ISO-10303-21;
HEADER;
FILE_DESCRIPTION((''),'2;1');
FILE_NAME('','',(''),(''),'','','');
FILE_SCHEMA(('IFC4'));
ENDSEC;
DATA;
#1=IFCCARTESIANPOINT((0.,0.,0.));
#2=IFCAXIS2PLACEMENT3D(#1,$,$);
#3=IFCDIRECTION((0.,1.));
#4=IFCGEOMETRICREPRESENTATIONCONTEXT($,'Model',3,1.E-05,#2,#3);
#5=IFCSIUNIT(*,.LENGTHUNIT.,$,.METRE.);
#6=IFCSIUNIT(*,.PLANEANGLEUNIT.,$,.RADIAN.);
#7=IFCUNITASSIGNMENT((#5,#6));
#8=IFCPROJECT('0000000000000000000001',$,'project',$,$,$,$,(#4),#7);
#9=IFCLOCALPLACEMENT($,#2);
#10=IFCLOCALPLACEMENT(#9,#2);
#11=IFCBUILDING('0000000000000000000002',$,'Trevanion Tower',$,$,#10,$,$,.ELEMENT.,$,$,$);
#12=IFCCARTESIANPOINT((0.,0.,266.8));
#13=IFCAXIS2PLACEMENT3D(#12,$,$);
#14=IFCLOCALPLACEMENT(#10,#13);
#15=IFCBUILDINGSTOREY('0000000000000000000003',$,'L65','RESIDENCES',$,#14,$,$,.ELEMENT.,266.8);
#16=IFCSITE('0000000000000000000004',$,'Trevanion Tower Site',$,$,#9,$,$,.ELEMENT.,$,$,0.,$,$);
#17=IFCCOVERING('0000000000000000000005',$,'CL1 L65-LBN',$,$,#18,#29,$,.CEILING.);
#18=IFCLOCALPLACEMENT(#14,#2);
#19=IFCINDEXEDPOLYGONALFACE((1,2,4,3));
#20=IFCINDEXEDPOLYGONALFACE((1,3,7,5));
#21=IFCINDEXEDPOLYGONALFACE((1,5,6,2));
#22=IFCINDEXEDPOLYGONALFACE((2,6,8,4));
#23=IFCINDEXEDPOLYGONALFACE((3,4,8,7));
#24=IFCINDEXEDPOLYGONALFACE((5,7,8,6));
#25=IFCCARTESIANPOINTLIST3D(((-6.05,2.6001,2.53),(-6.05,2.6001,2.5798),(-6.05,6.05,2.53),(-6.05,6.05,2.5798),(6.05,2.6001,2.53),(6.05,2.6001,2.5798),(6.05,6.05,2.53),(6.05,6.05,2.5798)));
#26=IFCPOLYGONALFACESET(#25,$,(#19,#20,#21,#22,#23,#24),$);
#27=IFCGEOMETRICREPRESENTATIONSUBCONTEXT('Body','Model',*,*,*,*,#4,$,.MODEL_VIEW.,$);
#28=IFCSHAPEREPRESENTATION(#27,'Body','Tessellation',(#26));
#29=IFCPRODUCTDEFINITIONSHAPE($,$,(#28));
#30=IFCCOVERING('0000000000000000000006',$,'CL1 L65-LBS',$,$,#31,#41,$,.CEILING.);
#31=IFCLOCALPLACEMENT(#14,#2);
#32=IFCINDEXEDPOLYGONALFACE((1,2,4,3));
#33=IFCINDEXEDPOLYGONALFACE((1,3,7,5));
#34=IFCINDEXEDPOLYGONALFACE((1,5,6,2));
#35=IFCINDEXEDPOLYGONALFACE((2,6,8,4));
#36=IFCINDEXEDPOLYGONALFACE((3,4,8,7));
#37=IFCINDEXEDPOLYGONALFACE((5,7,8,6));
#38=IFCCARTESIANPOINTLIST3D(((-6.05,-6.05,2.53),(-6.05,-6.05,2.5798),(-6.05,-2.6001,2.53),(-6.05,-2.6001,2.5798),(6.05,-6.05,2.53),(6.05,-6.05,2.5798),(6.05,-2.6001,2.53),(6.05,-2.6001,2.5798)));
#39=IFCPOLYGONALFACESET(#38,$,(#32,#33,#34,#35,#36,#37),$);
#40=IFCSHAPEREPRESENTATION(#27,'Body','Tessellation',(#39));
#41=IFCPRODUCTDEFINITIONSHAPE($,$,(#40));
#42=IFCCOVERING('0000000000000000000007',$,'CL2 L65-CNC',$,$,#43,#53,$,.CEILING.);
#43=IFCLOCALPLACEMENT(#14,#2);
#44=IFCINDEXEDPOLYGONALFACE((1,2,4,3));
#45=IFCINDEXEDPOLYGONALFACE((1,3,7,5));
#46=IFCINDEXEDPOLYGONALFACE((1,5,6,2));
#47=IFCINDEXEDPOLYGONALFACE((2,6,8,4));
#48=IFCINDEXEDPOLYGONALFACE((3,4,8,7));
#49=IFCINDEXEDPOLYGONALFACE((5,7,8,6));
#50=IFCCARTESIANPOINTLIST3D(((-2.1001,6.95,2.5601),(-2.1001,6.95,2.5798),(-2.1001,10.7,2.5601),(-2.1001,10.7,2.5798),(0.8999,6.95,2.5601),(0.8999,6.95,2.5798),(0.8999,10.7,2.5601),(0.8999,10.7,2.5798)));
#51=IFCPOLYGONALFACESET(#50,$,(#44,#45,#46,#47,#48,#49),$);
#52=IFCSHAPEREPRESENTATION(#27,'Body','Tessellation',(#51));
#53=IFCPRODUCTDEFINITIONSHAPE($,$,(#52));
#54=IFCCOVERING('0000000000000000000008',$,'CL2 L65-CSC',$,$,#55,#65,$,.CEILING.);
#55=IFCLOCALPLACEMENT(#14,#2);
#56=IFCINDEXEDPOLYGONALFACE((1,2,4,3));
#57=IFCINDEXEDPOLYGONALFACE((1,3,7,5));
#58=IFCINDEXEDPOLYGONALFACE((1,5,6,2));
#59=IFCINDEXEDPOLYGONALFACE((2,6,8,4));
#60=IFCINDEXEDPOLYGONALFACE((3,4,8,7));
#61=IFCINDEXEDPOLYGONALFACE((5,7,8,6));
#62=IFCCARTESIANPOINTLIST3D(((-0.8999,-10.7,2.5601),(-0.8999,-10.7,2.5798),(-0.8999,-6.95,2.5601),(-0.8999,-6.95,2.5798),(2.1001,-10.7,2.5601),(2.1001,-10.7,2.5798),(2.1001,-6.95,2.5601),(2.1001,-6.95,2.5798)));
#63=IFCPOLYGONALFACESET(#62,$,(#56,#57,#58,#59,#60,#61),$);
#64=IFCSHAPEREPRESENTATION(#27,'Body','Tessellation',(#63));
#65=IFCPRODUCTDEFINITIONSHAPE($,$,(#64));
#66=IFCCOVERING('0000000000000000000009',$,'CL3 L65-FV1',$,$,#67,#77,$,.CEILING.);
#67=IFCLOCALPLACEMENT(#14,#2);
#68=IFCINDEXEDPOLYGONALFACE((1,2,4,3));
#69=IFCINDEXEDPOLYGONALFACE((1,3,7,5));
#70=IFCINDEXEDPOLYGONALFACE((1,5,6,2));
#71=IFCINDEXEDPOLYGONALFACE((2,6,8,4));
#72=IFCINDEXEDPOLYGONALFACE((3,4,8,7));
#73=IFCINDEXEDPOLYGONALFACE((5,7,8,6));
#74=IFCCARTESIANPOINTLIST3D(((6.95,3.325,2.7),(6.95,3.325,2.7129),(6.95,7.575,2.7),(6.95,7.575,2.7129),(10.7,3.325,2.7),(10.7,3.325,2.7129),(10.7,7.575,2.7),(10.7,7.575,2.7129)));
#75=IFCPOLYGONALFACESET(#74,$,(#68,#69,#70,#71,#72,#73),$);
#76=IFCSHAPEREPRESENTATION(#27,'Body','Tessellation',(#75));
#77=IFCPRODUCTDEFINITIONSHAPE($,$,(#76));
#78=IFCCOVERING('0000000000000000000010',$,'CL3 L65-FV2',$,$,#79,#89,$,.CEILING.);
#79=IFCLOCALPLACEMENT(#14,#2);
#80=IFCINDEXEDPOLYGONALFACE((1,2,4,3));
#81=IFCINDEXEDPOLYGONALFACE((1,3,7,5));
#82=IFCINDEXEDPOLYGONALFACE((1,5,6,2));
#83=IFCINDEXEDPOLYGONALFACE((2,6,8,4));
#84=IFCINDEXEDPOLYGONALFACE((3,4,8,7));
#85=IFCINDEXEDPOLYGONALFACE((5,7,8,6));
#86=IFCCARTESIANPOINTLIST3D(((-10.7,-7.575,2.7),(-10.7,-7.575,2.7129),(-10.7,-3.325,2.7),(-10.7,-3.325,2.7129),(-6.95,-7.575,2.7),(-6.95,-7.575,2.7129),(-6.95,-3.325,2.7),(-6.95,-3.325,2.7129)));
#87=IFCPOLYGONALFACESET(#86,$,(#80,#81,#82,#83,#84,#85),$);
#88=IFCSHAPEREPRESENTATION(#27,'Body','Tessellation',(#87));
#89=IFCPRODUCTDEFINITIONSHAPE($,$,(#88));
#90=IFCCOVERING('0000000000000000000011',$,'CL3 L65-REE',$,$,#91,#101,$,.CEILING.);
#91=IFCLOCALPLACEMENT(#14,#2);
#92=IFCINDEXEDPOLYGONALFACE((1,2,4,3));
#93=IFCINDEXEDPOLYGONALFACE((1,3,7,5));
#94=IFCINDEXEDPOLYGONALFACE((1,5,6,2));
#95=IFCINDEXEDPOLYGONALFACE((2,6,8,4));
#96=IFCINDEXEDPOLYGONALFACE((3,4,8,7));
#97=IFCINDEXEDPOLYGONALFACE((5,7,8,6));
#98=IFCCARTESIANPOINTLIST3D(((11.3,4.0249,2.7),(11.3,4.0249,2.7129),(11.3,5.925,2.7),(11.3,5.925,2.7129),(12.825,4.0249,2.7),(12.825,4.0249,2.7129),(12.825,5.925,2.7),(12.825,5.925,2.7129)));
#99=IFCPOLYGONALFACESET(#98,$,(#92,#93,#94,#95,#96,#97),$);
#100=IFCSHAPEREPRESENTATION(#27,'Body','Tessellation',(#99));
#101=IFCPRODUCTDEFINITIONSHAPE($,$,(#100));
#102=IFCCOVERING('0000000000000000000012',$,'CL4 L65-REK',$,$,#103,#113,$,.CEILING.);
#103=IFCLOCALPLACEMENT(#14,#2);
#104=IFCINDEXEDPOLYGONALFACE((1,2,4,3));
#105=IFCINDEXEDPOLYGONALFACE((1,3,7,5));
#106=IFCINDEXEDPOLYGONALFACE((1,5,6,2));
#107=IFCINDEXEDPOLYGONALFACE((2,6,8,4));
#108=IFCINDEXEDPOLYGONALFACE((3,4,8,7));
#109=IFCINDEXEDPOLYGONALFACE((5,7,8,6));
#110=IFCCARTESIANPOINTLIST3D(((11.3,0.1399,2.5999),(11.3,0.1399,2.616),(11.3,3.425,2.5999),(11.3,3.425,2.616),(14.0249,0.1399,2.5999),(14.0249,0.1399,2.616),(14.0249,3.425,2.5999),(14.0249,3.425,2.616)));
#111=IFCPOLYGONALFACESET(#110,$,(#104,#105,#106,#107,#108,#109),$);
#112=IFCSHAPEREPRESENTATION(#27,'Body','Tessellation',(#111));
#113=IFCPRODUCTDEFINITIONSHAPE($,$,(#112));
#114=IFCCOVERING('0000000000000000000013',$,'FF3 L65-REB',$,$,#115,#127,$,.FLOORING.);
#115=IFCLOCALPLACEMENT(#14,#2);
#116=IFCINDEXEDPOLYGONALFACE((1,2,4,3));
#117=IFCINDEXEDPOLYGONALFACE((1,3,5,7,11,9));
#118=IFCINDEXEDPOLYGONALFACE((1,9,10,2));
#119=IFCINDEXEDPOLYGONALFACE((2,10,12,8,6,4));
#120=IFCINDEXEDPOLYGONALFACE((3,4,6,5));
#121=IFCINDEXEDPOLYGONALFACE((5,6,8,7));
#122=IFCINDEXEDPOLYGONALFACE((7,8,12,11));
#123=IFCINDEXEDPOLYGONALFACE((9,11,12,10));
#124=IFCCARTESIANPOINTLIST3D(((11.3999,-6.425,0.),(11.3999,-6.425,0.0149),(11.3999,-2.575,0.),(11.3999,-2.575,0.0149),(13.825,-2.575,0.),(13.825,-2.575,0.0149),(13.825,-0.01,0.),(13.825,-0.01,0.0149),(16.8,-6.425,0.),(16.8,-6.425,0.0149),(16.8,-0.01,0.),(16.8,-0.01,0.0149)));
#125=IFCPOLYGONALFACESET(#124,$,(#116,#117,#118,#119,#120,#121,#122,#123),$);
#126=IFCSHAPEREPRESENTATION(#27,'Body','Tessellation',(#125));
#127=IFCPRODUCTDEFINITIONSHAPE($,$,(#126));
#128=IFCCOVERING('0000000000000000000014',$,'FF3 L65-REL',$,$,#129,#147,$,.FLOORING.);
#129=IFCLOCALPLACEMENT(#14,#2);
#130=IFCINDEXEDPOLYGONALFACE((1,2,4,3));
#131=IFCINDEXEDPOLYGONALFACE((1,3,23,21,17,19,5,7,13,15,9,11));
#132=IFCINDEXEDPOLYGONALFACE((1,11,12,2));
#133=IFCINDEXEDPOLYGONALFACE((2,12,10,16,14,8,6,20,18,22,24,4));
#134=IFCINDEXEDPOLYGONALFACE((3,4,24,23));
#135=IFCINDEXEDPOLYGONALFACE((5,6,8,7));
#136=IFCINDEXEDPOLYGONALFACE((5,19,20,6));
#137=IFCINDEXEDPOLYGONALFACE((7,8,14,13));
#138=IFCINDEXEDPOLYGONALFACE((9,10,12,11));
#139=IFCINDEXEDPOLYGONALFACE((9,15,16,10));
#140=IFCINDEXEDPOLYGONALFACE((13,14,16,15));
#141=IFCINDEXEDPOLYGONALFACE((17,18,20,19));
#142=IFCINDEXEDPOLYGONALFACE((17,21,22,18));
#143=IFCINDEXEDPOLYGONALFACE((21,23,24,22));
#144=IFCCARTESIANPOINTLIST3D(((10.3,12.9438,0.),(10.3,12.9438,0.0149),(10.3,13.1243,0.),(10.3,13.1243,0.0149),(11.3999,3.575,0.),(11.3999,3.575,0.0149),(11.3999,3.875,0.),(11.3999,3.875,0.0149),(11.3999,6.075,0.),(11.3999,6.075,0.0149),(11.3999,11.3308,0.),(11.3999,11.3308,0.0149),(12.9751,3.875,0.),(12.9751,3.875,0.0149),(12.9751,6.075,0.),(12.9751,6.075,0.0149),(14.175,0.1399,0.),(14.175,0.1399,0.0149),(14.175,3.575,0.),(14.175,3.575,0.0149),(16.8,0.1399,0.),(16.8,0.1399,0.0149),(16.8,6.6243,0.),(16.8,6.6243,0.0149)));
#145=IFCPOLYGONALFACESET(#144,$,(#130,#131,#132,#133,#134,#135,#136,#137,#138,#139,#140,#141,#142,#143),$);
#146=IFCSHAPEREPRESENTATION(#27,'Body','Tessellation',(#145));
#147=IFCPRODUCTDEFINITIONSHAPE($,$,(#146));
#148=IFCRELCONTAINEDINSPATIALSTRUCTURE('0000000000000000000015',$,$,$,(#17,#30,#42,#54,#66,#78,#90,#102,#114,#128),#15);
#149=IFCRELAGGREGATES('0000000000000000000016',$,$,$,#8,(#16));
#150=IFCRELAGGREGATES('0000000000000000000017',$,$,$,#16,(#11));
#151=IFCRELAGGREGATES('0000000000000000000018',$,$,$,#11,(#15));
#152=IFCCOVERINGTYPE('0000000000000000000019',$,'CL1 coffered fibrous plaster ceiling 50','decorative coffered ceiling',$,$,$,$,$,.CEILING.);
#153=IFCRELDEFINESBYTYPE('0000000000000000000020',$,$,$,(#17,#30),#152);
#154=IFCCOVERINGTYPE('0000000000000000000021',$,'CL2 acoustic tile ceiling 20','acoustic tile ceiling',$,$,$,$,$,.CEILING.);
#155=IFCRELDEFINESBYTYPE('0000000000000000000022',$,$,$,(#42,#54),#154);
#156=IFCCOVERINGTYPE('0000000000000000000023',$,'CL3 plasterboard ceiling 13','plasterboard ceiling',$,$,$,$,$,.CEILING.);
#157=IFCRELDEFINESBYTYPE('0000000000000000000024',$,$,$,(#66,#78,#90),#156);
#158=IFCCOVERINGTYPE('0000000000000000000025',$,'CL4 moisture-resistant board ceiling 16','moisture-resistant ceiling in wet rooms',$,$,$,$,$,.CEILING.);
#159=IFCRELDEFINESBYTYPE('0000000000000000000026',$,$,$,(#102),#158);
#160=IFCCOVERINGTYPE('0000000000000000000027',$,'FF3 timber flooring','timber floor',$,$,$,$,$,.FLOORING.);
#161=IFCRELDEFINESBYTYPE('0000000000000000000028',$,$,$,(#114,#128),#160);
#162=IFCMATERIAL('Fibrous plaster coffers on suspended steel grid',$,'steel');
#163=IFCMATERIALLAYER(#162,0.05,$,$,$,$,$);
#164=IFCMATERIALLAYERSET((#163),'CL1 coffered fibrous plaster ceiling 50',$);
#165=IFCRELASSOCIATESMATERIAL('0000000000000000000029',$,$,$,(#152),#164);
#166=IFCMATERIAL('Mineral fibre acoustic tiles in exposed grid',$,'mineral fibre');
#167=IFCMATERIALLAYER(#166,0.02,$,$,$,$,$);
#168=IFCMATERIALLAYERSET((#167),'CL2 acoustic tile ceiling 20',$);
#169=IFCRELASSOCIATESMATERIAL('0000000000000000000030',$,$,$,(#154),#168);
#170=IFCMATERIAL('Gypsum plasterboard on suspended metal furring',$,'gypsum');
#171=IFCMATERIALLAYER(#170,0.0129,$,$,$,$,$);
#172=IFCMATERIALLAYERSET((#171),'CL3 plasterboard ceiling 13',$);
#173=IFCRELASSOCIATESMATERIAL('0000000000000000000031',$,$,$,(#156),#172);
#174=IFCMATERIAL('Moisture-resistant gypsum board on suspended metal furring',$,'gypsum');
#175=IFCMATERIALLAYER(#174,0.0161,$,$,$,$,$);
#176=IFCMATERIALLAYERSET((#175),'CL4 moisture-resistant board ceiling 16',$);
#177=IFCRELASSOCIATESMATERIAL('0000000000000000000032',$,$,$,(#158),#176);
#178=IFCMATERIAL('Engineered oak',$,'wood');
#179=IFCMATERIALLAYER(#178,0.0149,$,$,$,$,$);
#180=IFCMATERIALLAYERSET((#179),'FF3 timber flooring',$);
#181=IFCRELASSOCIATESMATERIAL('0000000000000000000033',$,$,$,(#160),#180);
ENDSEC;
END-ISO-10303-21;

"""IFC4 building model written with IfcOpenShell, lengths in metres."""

from ifc_helpers import new_model, si_unit, direction, frame, origin, place, context, subcontext, project, spatial, polyline, outline, extrude, material, layer, layer_set, type_object, element, save


model = new_model("IFC4")

# Units and contexts
model_context = context("Model", 3, precision=1e-05, world=origin(), true_north=direction((0.0, 1.0)))
body_context = subcontext(model_context, "Body", "Model", "MODEL_VIEW")
ifc_project = project(units=[si_unit("LENGTHUNIT", "METRE"), si_unit("PLANEANGLEUNIT", "RADIAN")], contexts=[model_context])

# Site, building, storey
site_placement = place(None, origin())
site = spatial("IfcSite", under=ifc_project, at=site_placement, Name="Trevanion Tower Site", CompositionType="ELEMENT", RefElevation=0.0)
building_placement = place(site_placement, origin())
building = spatial("IfcBuilding", under=site, at=building_placement, Name="Trevanion Tower", CompositionType="ELEMENT")
storey_placement = place(building_placement, frame((0.0, 0.0, 266.8)))
storey = spatial("IfcBuildingStorey", under=building, at=storey_placement, Name="L65", Description="RESIDENCES", CompositionType="ELEMENT", Elevation=266.8)

# Coverings
ifc_material_1 = material(Name="Fibrous plaster coffers on suspended steel grid", Category="steel")
ifc_layer_1 = layer(ifc_material_1, 0.05)
ifc_layer_set_1 = layer_set([ifc_layer_1], Name="CL1 coffered fibrous plaster ceiling 50")
covering_type_1 = type_object("IfcCoveringType", Name="CL1 coffered fibrous plaster ceiling 50", Description="decorative coffered ceiling", PredefinedType="CEILING", material=ifc_layer_set_1)
covering_1_placement = place(storey_placement, frame((0.0, 0.0, 2.53)))
element("IfcCovering", 1, at=covering_1_placement, inside=storey, type_object=covering_type_1, Name="CL1 L65-LBN", PredefinedType="CEILING", context=body_context, shape_type="SweptSolid", body=[
    extrude(outline(polyline([(6.05, 2.6001), (6.05, 6.05), (-6.05, 6.05), (-6.05, 2.6001), (6.05, 2.6001)])), origin(), (0.0, 0.0, 1.0), 0.0498),
])
covering_2_placement = place(storey_placement, frame((0.0, 0.0, 2.53)))
element("IfcCovering", 2, at=covering_2_placement, inside=storey, type_object=covering_type_1, Name="CL1 L65-LBS", PredefinedType="CEILING", context=body_context, shape_type="SweptSolid", body=[
    extrude(outline(polyline([(6.05, -6.05), (6.05, -2.6001), (-6.05, -2.6001), (-6.05, -6.05), (6.05, -6.05)])), origin(), (0.0, 0.0, 1.0), 0.0498),
])
ifc_material_2 = material(Name="Mineral fibre acoustic tiles in exposed grid", Category="mineral fibre")
ifc_layer_2 = layer(ifc_material_2, 0.02)
ifc_layer_set_2 = layer_set([ifc_layer_2], Name="CL2 acoustic tile ceiling 20")
covering_type_2 = type_object("IfcCoveringType", Name="CL2 acoustic tile ceiling 20", Description="acoustic tile ceiling", PredefinedType="CEILING", material=ifc_layer_set_2)
covering_3_placement = place(storey_placement, frame((0.0, 0.0, 2.5601)))
element("IfcCovering", 3, at=covering_3_placement, inside=storey, type_object=covering_type_2, Name="CL2 L65-CNC", PredefinedType="CEILING", context=body_context, shape_type="SweptSolid", body=[
    extrude(outline(polyline([(0.8999, 6.95), (0.8999, 10.7), (-2.1001, 10.7), (-2.1001, 6.95), (0.8999, 6.95)])), origin(), (0.0, 0.0, 1.0), 0.0198),
])
covering_4_placement = place(storey_placement, frame((0.0, 0.0, 2.5601)))
element("IfcCovering", 4, at=covering_4_placement, inside=storey, type_object=covering_type_2, Name="CL2 L65-CSC", PredefinedType="CEILING", context=body_context, shape_type="SweptSolid", body=[
    extrude(outline(polyline([(2.1001, -10.7), (2.1001, -6.95), (-0.8999, -6.95), (-0.8999, -10.7), (2.1001, -10.7)])), origin(), (0.0, 0.0, 1.0), 0.0198),
])
ifc_material_3 = material(Name="Gypsum plasterboard on suspended metal furring", Category="gypsum")
ifc_layer_3 = layer(ifc_material_3, 0.0129)
ifc_layer_set_3 = layer_set([ifc_layer_3], Name="CL3 plasterboard ceiling 13")
covering_type_3 = type_object("IfcCoveringType", Name="CL3 plasterboard ceiling 13", Description="plasterboard ceiling", PredefinedType="CEILING", material=ifc_layer_set_3)
covering_5_placement = place(storey_placement, frame((0.0, 0.0, 2.7)))
element("IfcCovering", 5, at=covering_5_placement, inside=storey, type_object=covering_type_3, Name="CL3 L65-FV1", PredefinedType="CEILING", context=body_context, shape_type="SweptSolid", body=[
    extrude(outline(polyline([(10.7, 3.325), (10.7, 7.575), (6.95, 7.575), (6.95, 3.325), (10.7, 3.325)])), origin(), (0.0, 0.0, 1.0), 0.0129),
])
covering_6_placement = place(storey_placement, frame((0.0, 0.0, 2.7)))
element("IfcCovering", 6, at=covering_6_placement, inside=storey, type_object=covering_type_3, Name="CL3 L65-FV2", PredefinedType="CEILING", context=body_context, shape_type="SweptSolid", body=[
    extrude(outline(polyline([(-10.7, -3.325), (-10.7, -7.575), (-6.95, -7.575), (-6.95, -3.325), (-10.7, -3.325)])), origin(), (0.0, 0.0, 1.0), 0.0129),
])
covering_7_placement = place(storey_placement, frame((0.0, 0.0, 2.7)))
element("IfcCovering", 7, at=covering_7_placement, inside=storey, type_object=covering_type_3, Name="CL3 L65-REE", PredefinedType="CEILING", context=body_context, shape_type="SweptSolid", body=[
    extrude(outline(polyline([(12.825, 4.0249), (12.825, 5.925), (11.3, 5.925), (11.3, 4.0249), (12.825, 4.0249)])), origin(), (0.0, 0.0, 1.0), 0.0129),
])
ifc_material_4 = material(Name="Moisture-resistant gypsum board on suspended metal furring", Category="gypsum")
ifc_layer_4 = layer(ifc_material_4, 0.0161)
ifc_layer_set_4 = layer_set([ifc_layer_4], Name="CL4 moisture-resistant board ceiling 16")
covering_type_4 = type_object("IfcCoveringType", Name="CL4 moisture-resistant board ceiling 16", Description="moisture-resistant ceiling in wet rooms", PredefinedType="CEILING", material=ifc_layer_set_4)
covering_8_placement = place(storey_placement, frame((0.0, 0.0, 2.5999)))
element("IfcCovering", 8, at=covering_8_placement, inside=storey, type_object=covering_type_4, Name="CL4 L65-REK", PredefinedType="CEILING", context=body_context, shape_type="SweptSolid", body=[
    extrude(outline(polyline([(14.0249, 0.1399), (14.0249, 3.425), (11.3, 3.425), (11.3, 0.1399), (14.0249, 0.1399)])), origin(), (0.0, 0.0, 1.0), 0.0161),
])
ifc_material_5 = material(Name="Engineered oak", Category="wood")
ifc_layer_5 = layer(ifc_material_5, 0.0149)
ifc_layer_set_5 = layer_set([ifc_layer_5], Name="FF3 timber flooring")
covering_type_5 = type_object("IfcCoveringType", Name="FF3 timber flooring", Description="timber floor", PredefinedType="FLOORING", material=ifc_layer_set_5)
covering_9_placement = place(storey_placement, origin())
element("IfcCovering", 9, at=covering_9_placement, inside=storey, type_object=covering_type_5, Name="FF3 L65-REB", PredefinedType="FLOORING", context=body_context, shape_type="SweptSolid", body=[
    extrude(outline(polyline([(11.3999, -6.425), (11.3999, -2.575), (13.825, -2.575), (13.825, -0.01), (16.8, -0.01), (16.8, -6.425), (11.3999, -6.425)])), origin(), (0.0, 0.0, 1.0), 0.0149),
])
covering_10_placement = place(storey_placement, origin())
element("IfcCovering", 10, at=covering_10_placement, inside=storey, type_object=covering_type_5, Name="FF3 L65-REL", PredefinedType="FLOORING", context=body_context, shape_type="SweptSolid", body=[
    extrude(outline(polyline([(14.175, 0.1399), (14.175, 3.575), (11.3999, 3.575), (11.3999, 3.875), (12.9751, 3.875), (12.9751, 6.075), (11.3999, 6.075), (11.3999, 11.3308), (10.3, 12.9438), (10.3, 13.1243), (16.8, 6.6243), (16.8, 0.1399), (14.175, 0.1399)])), origin(), (0.0, 0.0, 1.0), 0.0149),
])

save(model, "model.ifc")
